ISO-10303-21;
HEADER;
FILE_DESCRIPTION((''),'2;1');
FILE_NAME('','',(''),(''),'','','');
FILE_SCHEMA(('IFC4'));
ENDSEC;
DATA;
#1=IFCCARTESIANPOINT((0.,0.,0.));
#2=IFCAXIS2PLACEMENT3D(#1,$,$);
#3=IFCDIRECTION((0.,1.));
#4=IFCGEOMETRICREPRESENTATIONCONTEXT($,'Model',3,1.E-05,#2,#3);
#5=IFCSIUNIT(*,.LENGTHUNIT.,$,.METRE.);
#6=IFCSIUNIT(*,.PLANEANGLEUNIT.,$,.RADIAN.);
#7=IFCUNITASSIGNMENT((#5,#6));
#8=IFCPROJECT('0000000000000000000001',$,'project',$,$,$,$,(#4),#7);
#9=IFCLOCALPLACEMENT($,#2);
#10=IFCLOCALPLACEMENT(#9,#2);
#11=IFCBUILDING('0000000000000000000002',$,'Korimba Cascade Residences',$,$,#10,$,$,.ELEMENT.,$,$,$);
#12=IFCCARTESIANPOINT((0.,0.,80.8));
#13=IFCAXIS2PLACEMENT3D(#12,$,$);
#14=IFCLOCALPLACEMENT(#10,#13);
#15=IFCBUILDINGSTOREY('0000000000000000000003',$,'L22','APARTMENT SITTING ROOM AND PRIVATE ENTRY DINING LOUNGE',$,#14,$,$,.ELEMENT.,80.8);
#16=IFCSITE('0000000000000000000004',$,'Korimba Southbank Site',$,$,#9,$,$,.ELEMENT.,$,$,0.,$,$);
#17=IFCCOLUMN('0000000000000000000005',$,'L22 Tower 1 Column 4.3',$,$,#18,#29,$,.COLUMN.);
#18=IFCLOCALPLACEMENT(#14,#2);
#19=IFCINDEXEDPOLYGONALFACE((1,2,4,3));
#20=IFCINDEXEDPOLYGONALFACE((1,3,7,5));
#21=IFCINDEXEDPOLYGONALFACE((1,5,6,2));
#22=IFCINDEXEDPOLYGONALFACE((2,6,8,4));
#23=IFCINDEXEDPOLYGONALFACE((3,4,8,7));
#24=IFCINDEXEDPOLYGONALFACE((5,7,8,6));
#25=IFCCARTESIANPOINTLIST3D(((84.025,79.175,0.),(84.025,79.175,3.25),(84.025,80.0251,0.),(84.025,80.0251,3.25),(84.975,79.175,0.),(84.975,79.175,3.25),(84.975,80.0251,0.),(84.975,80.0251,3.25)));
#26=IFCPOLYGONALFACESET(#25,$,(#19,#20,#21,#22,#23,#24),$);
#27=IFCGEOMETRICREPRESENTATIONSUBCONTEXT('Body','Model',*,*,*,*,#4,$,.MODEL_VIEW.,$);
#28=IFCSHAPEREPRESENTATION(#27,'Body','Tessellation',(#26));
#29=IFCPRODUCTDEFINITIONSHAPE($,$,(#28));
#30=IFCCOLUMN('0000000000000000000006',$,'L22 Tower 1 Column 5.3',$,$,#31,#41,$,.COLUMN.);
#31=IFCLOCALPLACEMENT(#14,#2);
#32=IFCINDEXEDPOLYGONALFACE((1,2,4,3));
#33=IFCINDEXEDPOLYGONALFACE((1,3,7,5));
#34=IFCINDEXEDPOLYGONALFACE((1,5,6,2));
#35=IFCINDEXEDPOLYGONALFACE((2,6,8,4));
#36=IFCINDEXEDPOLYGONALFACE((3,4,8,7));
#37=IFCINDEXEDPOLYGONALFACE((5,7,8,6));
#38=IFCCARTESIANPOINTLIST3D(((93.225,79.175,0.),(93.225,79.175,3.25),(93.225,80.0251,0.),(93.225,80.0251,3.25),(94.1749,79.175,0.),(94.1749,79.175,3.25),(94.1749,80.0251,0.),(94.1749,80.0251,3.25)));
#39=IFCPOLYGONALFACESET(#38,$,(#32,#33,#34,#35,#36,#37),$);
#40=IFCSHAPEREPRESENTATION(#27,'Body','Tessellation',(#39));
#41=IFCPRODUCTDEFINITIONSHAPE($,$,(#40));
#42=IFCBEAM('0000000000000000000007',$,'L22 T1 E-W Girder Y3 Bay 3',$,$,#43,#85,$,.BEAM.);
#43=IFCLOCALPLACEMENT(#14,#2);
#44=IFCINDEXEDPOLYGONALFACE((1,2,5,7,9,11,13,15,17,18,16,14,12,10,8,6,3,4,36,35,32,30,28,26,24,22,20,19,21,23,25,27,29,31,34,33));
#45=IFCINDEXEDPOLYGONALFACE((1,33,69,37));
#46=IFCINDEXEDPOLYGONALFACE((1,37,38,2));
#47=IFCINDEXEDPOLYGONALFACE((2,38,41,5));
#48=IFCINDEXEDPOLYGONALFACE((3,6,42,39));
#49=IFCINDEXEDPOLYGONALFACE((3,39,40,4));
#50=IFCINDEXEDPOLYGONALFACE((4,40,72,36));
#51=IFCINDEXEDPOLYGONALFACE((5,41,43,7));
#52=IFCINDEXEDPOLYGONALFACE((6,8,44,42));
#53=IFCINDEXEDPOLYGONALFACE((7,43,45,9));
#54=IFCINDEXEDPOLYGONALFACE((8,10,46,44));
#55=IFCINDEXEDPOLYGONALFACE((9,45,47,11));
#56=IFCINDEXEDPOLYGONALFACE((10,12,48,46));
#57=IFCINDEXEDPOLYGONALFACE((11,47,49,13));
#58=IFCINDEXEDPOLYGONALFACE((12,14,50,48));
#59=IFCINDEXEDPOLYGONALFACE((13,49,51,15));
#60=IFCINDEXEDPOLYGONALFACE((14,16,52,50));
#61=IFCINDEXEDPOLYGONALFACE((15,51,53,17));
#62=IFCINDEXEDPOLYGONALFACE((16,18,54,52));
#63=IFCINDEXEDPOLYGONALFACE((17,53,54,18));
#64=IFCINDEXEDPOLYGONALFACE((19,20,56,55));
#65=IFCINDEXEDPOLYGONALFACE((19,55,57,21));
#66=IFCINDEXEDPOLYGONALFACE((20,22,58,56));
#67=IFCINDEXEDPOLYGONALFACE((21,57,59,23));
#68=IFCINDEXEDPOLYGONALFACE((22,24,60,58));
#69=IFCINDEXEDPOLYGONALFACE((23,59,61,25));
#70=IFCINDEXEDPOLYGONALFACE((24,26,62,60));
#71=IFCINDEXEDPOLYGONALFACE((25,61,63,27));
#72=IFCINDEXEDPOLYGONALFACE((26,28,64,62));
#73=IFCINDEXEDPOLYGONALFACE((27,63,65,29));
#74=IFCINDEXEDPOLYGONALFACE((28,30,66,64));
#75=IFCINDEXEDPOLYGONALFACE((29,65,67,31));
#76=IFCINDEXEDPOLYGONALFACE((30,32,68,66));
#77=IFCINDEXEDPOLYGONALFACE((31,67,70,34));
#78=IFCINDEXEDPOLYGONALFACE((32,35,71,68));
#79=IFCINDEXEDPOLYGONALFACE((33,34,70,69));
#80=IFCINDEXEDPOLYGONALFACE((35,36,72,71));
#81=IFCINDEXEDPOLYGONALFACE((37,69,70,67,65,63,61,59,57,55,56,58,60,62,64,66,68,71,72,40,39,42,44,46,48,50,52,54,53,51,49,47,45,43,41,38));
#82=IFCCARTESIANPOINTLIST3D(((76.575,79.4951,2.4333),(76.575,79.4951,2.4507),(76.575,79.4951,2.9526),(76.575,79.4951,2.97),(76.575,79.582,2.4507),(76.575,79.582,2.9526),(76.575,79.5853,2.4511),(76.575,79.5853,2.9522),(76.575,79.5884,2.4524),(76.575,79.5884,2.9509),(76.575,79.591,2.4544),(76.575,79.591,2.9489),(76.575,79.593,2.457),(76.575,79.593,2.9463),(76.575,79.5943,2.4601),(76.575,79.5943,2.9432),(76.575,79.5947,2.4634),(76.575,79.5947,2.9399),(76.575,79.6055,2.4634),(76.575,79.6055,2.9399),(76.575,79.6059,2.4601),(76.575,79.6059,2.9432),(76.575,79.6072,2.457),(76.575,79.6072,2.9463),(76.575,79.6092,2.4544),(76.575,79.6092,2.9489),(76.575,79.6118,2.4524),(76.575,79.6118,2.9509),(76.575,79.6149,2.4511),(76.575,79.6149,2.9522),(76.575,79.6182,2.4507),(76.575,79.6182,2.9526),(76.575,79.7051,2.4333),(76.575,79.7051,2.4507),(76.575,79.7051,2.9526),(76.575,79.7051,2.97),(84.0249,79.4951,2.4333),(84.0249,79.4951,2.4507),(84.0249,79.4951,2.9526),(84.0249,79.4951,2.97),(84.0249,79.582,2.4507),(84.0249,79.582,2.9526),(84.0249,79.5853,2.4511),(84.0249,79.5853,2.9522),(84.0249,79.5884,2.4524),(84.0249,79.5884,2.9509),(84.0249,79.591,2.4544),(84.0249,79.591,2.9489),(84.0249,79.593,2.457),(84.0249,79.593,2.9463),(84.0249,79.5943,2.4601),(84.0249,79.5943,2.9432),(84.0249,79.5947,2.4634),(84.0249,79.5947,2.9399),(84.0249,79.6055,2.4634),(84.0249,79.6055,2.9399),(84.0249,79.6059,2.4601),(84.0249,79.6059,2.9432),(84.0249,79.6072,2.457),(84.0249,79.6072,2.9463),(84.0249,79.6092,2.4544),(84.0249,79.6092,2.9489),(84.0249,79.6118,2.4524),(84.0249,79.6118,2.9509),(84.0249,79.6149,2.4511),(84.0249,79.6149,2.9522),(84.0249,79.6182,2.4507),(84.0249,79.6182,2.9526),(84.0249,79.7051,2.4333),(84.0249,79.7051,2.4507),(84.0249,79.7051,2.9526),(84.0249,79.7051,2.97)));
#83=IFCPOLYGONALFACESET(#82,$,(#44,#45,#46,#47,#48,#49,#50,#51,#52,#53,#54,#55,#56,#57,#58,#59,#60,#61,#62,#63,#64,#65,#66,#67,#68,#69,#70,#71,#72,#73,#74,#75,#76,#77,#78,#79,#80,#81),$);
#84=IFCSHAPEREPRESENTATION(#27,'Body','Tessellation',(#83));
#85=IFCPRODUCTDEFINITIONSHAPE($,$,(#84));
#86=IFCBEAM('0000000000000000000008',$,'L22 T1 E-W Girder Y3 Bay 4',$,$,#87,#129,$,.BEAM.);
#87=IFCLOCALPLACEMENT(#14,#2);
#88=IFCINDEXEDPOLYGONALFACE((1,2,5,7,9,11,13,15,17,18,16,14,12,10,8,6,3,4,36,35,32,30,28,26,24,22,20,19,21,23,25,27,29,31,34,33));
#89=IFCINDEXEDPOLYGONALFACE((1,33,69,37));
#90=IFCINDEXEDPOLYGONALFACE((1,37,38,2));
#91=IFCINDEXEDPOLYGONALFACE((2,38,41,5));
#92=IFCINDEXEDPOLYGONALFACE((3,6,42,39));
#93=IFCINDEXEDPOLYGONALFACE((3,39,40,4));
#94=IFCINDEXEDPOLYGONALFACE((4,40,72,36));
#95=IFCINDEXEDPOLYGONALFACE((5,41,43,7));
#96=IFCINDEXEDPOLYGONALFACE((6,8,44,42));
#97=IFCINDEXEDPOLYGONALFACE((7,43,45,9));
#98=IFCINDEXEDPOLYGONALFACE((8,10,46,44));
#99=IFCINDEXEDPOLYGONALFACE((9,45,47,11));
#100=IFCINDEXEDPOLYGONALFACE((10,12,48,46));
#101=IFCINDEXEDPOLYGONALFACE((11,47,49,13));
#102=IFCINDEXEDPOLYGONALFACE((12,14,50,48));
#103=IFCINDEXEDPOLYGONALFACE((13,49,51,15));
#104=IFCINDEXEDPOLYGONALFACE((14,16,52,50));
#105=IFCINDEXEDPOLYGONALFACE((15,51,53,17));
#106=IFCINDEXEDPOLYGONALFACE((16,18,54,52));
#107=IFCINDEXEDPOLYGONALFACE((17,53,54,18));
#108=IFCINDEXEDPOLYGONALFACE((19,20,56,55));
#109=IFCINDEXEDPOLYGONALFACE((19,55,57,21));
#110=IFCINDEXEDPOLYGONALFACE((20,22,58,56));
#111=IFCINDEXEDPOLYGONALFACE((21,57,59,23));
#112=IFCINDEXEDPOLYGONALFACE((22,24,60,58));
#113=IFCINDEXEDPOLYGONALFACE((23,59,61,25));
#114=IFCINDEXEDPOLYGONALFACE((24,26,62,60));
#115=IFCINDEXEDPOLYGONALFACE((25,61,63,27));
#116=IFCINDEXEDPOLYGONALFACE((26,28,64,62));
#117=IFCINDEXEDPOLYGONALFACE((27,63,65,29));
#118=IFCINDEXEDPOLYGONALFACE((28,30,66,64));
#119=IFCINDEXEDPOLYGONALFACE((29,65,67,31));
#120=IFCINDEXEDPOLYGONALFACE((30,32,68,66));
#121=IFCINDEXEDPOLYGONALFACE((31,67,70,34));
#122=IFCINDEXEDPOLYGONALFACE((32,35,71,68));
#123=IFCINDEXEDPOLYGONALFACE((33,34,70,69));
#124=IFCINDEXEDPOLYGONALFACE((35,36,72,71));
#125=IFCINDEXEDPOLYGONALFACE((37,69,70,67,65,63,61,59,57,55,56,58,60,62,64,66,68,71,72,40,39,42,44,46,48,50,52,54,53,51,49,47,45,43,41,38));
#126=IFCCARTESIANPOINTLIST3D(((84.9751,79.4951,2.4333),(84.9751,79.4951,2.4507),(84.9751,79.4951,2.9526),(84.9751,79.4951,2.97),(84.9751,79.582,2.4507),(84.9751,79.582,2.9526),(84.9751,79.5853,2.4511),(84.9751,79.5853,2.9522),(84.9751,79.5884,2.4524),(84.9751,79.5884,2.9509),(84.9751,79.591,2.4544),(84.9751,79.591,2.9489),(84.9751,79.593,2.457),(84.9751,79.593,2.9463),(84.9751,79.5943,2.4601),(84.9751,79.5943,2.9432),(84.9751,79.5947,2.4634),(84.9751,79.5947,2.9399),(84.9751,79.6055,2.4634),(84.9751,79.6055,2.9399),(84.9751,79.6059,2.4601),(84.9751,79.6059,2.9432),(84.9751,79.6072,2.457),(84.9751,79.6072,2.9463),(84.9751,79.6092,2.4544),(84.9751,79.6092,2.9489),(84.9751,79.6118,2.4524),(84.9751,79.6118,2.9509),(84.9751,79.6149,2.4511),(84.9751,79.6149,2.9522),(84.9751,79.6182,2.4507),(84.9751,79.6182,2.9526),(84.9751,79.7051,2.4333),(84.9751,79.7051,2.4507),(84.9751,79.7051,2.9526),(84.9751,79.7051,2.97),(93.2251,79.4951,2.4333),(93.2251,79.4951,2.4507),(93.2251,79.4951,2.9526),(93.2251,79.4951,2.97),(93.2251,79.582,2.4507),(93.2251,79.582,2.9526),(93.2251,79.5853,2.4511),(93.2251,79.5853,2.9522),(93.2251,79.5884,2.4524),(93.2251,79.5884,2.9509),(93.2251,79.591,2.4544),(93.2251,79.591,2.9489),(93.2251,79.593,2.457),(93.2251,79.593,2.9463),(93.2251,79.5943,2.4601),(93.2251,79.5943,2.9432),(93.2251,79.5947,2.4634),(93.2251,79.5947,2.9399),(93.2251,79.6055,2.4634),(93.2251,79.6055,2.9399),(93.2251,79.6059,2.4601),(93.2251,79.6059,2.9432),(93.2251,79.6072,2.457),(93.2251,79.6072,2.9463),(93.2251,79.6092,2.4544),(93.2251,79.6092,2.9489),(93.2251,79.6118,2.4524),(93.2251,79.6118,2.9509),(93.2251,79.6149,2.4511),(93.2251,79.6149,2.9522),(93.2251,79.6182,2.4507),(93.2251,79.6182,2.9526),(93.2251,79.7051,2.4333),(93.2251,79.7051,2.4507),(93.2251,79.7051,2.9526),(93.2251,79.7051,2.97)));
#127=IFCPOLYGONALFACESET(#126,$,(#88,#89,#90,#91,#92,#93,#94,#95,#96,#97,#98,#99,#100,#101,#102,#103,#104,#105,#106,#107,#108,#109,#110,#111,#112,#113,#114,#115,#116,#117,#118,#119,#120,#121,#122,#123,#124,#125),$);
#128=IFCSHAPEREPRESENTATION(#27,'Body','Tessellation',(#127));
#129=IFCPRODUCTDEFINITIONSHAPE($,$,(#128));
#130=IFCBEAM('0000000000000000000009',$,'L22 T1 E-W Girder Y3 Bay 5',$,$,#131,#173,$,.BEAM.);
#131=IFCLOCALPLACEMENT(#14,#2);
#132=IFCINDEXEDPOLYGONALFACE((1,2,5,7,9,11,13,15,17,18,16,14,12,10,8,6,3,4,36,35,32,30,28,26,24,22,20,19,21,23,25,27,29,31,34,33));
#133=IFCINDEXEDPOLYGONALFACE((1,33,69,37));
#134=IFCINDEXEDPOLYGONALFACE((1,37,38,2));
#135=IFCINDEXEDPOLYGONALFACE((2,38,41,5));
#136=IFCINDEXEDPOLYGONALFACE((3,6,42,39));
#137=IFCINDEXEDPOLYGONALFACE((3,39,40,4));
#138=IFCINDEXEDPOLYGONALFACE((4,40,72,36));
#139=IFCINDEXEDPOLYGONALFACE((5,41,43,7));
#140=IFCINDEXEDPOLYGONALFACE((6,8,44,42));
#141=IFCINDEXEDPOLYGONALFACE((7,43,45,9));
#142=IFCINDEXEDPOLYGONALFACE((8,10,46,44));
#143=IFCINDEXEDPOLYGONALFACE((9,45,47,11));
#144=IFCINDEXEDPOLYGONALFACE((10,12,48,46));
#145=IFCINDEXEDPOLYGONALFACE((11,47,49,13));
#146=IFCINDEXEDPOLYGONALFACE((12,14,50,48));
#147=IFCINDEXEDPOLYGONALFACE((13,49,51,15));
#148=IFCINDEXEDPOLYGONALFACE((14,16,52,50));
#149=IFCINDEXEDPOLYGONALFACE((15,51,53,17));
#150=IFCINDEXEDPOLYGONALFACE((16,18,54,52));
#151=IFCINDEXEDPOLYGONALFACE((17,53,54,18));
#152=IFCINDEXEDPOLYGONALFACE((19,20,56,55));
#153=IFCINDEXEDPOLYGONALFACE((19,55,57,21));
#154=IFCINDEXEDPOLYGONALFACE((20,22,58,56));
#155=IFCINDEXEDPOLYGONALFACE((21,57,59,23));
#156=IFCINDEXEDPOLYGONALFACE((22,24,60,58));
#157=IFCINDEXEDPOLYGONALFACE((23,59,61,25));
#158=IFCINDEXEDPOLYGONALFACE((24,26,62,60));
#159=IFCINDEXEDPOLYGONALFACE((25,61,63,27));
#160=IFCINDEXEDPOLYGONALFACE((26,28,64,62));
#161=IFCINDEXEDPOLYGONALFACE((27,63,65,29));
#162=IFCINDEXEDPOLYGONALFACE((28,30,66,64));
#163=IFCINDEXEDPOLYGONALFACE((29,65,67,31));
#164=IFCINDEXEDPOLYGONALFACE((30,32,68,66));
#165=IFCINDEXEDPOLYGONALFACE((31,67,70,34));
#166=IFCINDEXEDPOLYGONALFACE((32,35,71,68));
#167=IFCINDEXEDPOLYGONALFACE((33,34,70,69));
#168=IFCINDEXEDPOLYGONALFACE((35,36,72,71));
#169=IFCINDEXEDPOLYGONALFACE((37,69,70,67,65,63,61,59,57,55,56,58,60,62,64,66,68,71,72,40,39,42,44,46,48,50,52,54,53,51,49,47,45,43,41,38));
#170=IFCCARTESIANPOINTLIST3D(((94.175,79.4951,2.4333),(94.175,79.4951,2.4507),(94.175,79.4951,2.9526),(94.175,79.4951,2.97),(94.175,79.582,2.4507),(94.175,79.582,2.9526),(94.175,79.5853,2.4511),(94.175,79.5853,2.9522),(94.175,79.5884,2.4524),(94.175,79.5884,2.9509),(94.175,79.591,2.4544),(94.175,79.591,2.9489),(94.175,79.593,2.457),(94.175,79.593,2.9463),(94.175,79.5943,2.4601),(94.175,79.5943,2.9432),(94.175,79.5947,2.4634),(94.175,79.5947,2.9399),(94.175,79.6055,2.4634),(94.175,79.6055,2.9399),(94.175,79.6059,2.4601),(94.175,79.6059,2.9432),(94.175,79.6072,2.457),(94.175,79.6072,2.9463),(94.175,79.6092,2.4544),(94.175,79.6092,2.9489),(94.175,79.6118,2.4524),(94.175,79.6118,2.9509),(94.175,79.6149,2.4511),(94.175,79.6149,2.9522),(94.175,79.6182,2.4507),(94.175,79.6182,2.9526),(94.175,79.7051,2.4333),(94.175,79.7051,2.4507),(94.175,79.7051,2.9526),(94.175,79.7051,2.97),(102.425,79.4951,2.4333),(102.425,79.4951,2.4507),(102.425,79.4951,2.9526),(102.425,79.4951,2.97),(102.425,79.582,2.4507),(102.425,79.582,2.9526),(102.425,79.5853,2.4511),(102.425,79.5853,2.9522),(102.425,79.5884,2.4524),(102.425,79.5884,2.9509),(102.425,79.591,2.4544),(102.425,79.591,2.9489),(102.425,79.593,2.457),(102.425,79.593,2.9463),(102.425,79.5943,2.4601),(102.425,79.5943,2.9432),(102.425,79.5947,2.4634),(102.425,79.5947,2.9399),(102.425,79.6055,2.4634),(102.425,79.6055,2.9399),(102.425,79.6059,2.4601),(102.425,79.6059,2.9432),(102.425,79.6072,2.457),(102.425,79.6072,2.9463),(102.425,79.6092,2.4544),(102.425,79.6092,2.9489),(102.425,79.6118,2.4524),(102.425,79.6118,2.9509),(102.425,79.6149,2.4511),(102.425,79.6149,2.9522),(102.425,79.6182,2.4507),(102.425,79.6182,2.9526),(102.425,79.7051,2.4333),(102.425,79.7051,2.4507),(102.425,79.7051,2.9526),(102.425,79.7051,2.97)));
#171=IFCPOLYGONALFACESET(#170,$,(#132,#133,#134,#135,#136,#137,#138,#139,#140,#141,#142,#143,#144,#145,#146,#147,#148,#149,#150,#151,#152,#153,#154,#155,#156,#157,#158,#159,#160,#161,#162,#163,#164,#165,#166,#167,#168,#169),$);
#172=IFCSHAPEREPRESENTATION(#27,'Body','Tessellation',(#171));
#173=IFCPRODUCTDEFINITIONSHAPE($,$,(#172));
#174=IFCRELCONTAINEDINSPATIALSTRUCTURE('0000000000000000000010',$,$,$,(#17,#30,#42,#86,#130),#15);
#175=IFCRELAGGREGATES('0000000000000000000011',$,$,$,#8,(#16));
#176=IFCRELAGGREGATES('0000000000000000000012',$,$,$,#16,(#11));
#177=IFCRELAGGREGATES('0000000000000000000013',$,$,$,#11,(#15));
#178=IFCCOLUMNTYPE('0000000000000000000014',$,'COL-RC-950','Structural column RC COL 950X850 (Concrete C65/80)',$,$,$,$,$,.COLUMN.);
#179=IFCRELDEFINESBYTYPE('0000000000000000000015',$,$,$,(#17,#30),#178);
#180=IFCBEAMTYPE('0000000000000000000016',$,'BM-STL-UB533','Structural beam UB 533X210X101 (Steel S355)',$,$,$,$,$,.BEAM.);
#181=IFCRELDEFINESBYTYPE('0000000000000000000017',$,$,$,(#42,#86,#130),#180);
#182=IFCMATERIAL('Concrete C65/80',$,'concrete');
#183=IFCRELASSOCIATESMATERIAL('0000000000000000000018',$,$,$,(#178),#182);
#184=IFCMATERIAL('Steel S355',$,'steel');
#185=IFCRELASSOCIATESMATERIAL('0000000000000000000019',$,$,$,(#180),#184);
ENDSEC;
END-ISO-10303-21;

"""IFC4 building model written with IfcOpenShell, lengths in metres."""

from ifc_helpers import new_model, si_unit, direction, frame, origin, origin_2d, place, context, subcontext, project, spatial, rectangle, i_section, extrude, material, material_profile, profile_set, type_object, element, save


model = new_model("IFC4")

# Units and contexts
model_context = context("Model", 3, precision=1e-05, world=origin(), true_north=direction((0.0, 1.0)))
body_context = subcontext(model_context, "Body", "Model", "MODEL_VIEW")
ifc_project = project(units=[si_unit("LENGTHUNIT", "METRE"), si_unit("PLANEANGLEUNIT", "RADIAN")], contexts=[model_context])

# Site, building, storey
site_placement = place(None, origin())
site = spatial("IfcSite", under=ifc_project, at=site_placement, Name="Korimba Southbank Site", CompositionType="ELEMENT", RefElevation=0.0)
building_placement = place(site_placement, origin())
building = spatial("IfcBuilding", under=site, at=building_placement, Name="Korimba Cascade Residences", CompositionType="ELEMENT")
storey_placement = place(building_placement, frame((0.0, 0.0, 80.8)))
storey = spatial("IfcBuildingStorey", under=building, at=storey_placement, Name="L22", Description="APARTMENT SITTING ROOM AND PRIVATE ENTRY DINING LOUNGE", CompositionType="ELEMENT", Elevation=80.8)

# Columns
ifc_material_1 = material(Name="Concrete C65/80", Category="concrete")
ifc_material_profile_1 = material_profile(ifc_material_1, rectangle(XDim=0.95, YDim=0.8501, at=origin_2d()), Name="Concrete C65/80")
ifc_profile_set_1 = profile_set([ifc_material_profile_1], Name="Concrete C65/80")
column_type = type_object("IfcColumnType", Name="COL-RC-950", Description="Structural column RC COL 950X850 (Concrete C65/80)", PredefinedType="COLUMN", material=ifc_profile_set_1)
for number, where, z_axis, x_axis, name in (
    (1, (84.5, 79.6001, 0.0), (0.0, 0.0, 1.0), (1.0, 0.0, 0.0), "L22 Tower 1 Column 4.3"),
    (2, (93.7, 79.6001, 0.0), (0.0, 0.0, 1.0), (1.0, 0.0, 0.0), "L22 Tower 1 Column 5.3"),
):
    element("IfcColumn", number, at=place(storey_placement, frame(where, z_axis=z_axis, x_axis=x_axis)), inside=storey, type_object=column_type, Name=name, PredefinedType="COLUMN", context=body_context, shape_type="SweptSolid", body=[
        extrude(rectangle(XDim=0.95, YDim=0.8501, at=origin_2d()), origin(), (0.0, 0.0, 1.0), 3.25),
    ])

# Beams
ifc_material_2 = material(Name="Steel S355", Category="steel")
ifc_material_profile_2 = material_profile(ifc_material_2, i_section(OverallWidth=0.21, OverallDepth=0.5366, WebThickness=0.0107, FlangeThickness=0.0173, FilletRadius=0.0127, at=origin_2d()), Name="Steel S355")
ifc_profile_set_2 = profile_set([ifc_material_profile_2], Name="Steel S355")
beam_type_1 = type_object("IfcBeamType", Name="BM-STL-UB533", Description="Structural beam UB 533X210X101 (Steel S355)", PredefinedType="BEAM", material=ifc_profile_set_2)
beam_placement = place(storey_placement, frame((76.575, 79.6001, 2.7017), z_axis=(1.0, 0.0, 0.0), x_axis=(0.0, 1.0, 0.0)))
element("IfcBeam", 3, at=beam_placement, inside=storey, type_object=beam_type_1, Name="L22 T1 E-W Girder Y3 Bay 3", PredefinedType="BEAM", context=body_context, shape_type="SweptSolid", body=[
    extrude(i_section(OverallWidth=0.21, OverallDepth=0.5366, WebThickness=0.0107, FlangeThickness=0.0173, FilletRadius=0.0127, at=origin_2d()), origin(), (0.0, 0.0, 1.0), 7.45),
])
for number, where, z_axis, x_axis, name in (
    (4, (84.9751, 79.6001, 2.7017), (1.0, 0.0, 0.0), (0.0, 1.0, 0.0), "L22 T1 E-W Girder Y3 Bay 4"),
    (5, (94.175, 79.6001, 2.7017), (1.0, 0.0, 0.0), (0.0, 1.0, 0.0), "L22 T1 E-W Girder Y3 Bay 5"),
):
    element("IfcBeam", number, at=place(storey_placement, frame(where, z_axis=z_axis, x_axis=x_axis)), inside=storey, type_object=beam_type_1, Name=name, PredefinedType="BEAM", context=body_context, shape_type="SweptSolid", body=[
        extrude(i_section(OverallWidth=0.21, OverallDepth=0.5366, WebThickness=0.0107, FlangeThickness=0.0173, FilletRadius=0.0127, at=origin_2d()), origin(), (0.0, 0.0, 1.0), 8.25),
    ])

save(model, "model.ifc")
